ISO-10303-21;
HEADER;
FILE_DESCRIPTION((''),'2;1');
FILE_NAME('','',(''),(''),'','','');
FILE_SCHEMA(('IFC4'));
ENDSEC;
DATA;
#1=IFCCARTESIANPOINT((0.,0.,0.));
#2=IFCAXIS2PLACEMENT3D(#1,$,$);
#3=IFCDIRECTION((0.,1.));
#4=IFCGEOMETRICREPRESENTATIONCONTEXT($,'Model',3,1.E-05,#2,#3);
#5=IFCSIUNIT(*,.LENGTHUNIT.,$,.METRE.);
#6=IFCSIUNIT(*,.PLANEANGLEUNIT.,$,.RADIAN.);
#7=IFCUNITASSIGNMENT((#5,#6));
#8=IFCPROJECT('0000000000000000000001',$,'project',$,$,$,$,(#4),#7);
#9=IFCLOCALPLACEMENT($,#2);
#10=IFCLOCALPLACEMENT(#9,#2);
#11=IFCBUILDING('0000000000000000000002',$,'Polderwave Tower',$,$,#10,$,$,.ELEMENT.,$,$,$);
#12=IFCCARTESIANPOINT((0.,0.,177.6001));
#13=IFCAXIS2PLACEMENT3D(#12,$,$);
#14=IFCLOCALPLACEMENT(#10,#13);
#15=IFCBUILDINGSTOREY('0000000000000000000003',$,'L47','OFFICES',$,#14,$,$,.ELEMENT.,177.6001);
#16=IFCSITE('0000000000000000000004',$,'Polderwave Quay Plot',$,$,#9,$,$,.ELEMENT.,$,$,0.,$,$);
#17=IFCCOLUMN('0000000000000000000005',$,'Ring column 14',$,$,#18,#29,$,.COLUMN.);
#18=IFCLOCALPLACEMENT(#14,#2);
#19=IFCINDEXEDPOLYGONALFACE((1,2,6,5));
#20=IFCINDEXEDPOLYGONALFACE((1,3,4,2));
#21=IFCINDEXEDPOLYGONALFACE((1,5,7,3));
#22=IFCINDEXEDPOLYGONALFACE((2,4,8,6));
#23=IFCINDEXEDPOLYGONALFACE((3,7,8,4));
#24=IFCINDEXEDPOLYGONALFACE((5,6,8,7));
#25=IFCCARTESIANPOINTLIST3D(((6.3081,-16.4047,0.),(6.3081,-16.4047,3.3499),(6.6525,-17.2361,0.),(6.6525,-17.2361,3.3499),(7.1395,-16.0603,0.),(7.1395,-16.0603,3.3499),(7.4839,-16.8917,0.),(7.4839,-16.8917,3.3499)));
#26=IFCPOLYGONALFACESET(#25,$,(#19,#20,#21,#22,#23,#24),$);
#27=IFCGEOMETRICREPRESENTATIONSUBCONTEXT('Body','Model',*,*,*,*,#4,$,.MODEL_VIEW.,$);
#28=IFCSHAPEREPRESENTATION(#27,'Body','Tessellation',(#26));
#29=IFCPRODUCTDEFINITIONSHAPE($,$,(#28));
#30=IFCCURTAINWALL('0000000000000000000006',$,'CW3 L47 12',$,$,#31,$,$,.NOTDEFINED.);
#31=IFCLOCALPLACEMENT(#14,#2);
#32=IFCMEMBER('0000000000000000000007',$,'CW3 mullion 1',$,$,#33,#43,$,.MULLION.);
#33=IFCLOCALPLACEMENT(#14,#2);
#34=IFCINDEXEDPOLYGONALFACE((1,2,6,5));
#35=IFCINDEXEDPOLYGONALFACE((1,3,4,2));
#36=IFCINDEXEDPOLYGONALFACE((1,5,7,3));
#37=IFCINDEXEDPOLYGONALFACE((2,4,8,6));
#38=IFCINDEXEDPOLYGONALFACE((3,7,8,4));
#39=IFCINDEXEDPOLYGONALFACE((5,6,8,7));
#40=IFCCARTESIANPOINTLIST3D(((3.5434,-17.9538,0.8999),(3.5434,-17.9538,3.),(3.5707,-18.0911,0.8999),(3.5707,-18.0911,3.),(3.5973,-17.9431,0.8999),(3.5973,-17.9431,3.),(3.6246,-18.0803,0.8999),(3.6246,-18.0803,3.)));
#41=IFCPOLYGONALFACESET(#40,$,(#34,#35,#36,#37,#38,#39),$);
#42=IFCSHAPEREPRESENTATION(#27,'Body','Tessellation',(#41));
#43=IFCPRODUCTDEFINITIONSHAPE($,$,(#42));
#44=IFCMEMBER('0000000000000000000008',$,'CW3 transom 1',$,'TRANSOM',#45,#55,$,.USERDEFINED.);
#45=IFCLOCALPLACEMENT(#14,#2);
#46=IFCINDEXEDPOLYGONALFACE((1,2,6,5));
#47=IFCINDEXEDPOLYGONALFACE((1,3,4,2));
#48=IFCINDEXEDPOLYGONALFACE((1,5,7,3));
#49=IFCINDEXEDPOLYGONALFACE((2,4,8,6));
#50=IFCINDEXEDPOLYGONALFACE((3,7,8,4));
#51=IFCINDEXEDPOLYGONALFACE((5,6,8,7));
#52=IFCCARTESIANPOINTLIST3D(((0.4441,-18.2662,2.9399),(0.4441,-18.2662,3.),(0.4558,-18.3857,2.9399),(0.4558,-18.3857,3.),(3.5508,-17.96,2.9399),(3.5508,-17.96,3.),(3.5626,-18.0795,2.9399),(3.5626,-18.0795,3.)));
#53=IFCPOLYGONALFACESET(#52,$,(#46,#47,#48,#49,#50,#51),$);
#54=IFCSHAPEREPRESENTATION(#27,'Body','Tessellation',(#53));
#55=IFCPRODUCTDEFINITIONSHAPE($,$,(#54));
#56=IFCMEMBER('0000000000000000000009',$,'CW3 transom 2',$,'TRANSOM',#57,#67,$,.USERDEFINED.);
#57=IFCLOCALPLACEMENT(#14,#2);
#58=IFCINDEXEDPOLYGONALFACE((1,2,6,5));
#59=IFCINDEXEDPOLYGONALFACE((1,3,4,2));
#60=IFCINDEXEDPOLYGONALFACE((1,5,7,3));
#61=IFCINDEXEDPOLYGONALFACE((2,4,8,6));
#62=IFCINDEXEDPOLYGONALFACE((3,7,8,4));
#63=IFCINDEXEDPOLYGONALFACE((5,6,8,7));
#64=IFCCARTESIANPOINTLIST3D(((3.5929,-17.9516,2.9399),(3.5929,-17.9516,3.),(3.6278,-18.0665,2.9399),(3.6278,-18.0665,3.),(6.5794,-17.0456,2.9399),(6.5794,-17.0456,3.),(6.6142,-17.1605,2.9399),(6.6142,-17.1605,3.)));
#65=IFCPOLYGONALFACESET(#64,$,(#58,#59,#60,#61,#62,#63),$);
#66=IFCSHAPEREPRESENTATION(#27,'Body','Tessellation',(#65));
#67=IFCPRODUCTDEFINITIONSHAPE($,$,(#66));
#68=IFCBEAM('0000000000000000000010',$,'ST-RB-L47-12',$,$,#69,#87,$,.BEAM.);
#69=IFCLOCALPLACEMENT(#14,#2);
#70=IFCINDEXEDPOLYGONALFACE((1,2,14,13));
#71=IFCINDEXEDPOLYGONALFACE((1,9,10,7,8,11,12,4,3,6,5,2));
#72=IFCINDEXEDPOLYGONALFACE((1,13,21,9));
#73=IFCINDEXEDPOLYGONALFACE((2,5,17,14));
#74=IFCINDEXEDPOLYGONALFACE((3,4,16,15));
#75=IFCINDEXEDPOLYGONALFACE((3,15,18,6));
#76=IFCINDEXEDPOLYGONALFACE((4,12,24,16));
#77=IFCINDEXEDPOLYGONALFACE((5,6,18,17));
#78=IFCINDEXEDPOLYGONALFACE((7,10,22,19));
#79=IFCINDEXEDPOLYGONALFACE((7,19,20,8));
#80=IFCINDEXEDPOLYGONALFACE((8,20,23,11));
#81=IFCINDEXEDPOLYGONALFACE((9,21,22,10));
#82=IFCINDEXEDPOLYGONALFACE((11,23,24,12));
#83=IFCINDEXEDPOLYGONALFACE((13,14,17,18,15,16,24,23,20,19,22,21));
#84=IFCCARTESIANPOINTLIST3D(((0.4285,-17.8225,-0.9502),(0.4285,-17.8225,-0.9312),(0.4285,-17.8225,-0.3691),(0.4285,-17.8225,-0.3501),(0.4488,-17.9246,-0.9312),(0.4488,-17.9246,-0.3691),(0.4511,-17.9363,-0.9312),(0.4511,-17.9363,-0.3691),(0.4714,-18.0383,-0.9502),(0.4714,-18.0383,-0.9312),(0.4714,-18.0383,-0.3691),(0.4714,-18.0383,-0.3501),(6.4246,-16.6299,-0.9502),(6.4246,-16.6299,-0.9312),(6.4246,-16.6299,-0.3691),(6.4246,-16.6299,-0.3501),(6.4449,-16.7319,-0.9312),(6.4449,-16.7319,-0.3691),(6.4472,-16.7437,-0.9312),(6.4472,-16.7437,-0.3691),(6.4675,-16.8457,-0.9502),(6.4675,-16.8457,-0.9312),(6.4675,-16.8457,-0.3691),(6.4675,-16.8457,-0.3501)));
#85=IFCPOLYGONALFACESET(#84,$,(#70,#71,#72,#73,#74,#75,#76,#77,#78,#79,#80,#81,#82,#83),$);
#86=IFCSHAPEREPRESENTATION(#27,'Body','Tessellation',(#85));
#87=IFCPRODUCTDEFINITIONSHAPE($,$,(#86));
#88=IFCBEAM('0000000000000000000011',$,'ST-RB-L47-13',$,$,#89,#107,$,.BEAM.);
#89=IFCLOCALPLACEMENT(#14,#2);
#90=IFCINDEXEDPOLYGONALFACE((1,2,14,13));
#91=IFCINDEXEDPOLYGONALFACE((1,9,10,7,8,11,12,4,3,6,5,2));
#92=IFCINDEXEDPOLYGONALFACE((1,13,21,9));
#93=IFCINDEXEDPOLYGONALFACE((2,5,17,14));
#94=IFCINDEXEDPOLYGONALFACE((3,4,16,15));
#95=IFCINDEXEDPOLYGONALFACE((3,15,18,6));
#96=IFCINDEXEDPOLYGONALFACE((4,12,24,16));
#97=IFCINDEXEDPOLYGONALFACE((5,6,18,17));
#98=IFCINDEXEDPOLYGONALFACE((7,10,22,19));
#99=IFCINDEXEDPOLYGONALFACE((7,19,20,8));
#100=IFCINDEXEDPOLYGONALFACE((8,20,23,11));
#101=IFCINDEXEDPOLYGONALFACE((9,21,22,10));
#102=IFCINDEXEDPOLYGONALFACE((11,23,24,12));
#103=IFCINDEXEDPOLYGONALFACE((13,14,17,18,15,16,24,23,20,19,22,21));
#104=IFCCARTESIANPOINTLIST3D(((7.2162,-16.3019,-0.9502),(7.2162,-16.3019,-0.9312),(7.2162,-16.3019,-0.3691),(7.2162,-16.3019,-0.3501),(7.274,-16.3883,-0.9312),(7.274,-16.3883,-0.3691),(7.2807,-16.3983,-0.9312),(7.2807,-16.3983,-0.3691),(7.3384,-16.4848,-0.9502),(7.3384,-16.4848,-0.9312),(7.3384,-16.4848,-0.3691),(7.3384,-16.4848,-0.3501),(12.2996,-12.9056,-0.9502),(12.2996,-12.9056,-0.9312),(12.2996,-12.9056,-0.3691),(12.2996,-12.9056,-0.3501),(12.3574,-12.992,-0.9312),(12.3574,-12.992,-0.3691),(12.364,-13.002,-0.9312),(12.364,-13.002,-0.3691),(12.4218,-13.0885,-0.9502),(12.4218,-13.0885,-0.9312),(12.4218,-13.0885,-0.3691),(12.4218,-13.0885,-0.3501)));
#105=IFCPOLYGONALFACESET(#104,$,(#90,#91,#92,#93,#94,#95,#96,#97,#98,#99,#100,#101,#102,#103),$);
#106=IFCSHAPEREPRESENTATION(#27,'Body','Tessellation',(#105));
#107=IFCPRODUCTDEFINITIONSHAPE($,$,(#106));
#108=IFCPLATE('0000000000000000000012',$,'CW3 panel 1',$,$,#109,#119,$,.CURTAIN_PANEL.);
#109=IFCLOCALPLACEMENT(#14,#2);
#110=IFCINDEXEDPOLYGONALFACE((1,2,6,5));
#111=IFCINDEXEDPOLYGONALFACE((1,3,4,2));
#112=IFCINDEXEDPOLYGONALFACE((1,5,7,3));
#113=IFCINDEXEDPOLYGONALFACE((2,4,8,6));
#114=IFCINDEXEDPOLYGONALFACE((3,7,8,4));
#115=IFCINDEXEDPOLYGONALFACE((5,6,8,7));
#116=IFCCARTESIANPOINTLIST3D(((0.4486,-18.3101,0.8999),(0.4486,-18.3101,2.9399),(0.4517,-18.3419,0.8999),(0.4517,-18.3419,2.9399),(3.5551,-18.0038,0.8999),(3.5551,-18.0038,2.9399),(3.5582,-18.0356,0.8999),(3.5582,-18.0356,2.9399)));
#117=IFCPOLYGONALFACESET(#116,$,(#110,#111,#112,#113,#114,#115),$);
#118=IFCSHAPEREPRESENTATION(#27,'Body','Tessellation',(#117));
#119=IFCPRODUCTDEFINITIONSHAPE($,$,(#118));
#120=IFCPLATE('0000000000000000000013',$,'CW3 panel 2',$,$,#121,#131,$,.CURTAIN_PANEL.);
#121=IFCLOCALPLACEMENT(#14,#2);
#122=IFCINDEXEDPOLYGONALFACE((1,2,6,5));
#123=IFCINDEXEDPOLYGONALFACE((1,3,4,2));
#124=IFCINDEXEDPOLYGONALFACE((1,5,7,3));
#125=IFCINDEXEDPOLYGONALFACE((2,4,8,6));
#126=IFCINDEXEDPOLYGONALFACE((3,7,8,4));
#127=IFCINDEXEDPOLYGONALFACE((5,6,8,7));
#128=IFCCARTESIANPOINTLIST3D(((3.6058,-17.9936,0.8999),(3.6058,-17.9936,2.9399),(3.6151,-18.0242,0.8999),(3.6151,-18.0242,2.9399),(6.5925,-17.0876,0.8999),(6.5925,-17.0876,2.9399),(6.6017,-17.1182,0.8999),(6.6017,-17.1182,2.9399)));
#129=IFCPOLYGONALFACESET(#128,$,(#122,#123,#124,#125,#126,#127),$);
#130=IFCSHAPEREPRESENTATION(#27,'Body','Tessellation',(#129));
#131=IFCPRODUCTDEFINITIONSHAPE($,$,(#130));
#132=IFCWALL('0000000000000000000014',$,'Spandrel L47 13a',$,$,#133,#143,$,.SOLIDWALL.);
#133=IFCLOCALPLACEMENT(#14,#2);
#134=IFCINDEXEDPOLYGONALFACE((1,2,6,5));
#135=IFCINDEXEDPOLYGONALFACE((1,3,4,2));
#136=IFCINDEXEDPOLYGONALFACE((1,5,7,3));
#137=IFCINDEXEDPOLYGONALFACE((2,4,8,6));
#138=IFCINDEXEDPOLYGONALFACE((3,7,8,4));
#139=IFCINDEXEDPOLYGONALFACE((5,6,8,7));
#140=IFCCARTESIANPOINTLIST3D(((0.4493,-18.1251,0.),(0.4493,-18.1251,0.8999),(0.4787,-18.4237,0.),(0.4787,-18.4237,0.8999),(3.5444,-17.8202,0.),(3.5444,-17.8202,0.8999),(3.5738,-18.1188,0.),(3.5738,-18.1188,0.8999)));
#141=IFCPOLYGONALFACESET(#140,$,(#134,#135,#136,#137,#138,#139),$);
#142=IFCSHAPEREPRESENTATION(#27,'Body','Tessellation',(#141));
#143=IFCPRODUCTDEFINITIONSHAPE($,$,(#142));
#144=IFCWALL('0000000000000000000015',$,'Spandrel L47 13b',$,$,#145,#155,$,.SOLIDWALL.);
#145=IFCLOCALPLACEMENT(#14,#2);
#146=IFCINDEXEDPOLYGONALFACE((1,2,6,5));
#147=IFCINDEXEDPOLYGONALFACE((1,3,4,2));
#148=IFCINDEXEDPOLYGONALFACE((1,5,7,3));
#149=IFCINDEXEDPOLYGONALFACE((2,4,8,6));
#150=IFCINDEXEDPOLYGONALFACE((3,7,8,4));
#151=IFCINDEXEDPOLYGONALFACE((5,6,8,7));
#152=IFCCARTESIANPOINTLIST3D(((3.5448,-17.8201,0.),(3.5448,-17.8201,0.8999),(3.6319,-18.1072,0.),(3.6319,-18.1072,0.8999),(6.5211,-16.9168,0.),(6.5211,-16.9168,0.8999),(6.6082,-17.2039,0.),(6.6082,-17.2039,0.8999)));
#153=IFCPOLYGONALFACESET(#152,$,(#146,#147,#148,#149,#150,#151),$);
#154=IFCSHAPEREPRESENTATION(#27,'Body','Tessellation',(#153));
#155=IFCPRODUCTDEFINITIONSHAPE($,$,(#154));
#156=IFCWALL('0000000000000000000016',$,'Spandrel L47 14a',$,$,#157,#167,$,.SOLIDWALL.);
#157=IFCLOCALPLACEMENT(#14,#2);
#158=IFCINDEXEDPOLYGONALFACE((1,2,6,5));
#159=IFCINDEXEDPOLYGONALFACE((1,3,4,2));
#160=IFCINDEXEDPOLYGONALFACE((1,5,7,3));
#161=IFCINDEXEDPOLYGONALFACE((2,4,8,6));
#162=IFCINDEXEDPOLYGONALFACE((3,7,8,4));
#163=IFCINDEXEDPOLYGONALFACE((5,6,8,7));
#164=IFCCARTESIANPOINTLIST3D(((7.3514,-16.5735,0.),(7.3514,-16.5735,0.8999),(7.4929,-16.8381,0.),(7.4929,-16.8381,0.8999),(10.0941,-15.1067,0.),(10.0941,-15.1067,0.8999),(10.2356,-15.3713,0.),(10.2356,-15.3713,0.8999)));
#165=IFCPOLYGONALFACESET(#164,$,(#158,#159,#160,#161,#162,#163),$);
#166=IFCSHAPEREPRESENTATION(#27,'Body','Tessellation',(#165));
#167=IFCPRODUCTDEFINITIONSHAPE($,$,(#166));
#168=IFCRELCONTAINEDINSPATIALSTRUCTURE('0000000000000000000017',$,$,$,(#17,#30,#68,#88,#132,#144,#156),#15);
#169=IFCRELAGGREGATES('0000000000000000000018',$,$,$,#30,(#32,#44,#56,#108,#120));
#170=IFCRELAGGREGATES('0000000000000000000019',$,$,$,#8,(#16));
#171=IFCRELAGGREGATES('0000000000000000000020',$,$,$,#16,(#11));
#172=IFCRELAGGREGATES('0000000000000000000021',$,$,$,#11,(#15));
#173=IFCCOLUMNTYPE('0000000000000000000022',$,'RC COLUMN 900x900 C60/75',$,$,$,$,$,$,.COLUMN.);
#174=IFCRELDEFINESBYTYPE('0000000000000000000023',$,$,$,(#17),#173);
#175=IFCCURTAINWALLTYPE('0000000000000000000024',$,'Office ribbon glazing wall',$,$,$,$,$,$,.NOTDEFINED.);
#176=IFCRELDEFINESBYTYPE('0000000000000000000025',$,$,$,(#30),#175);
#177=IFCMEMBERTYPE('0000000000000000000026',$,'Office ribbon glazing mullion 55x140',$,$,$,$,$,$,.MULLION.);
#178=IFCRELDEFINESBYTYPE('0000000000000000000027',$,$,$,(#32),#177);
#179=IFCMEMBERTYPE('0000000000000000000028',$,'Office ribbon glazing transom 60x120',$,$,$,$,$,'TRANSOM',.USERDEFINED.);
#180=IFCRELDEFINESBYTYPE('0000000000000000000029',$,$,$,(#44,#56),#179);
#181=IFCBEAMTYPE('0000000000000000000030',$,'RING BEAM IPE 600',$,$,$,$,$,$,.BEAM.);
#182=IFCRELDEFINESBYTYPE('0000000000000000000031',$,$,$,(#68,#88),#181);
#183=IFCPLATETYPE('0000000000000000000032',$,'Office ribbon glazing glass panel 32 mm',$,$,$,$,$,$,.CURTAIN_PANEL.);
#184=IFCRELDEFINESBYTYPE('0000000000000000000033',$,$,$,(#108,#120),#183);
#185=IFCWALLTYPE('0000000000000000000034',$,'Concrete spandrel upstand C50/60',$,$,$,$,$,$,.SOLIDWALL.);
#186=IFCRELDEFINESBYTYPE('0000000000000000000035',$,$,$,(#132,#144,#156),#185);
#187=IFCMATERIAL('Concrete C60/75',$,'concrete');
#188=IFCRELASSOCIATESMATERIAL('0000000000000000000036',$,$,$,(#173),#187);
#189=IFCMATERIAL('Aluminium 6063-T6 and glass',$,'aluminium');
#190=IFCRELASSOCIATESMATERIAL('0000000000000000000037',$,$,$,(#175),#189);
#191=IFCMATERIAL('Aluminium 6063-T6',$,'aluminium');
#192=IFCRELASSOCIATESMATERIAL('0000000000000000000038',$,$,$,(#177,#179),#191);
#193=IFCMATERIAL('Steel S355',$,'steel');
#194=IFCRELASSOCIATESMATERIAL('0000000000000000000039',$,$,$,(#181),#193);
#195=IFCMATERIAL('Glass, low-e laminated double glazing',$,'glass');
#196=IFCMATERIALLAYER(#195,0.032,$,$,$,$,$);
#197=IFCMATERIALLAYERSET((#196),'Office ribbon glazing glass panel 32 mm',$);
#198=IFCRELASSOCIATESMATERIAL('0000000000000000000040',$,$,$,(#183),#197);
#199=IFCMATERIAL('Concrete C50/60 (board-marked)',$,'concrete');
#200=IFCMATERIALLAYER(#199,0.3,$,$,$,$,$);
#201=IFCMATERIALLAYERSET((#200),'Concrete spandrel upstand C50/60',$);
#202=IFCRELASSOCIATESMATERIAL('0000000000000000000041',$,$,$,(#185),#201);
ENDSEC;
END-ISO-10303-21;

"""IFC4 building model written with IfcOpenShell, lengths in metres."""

from ifc_helpers import new_model, si_unit, direction, frame, frame_2d, origin, origin_2d, place, context, subcontext, project, spatial, rectangle, i_section, extrude, material, layer, layer_set, material_profile, profile_set, type_object, element, aggregate, save


model = new_model("IFC4")

# Units and contexts
model_context = context("Model", 3, precision=1e-05, world=origin(), true_north=direction((0.0, 1.0)))
body_context = subcontext(model_context, "Body", "Model", "MODEL_VIEW")
ifc_project = project(units=[si_unit("LENGTHUNIT", "METRE"), si_unit("PLANEANGLEUNIT", "RADIAN")], contexts=[model_context])

# Site, building, storey
site_placement = place(None, origin())
site = spatial("IfcSite", under=ifc_project, at=site_placement, Name="Polderwave Quay Plot", CompositionType="ELEMENT", RefElevation=0.0)
building_placement = place(site_placement, origin())
building = spatial("IfcBuilding", under=site, at=building_placement, Name="Polderwave Tower", CompositionType="ELEMENT")
storey_placement = place(building_placement, frame((0.0, 0.0, 177.6001)))
storey = spatial("IfcBuildingStorey", under=building, at=storey_placement, Name="L47", Description="OFFICES", CompositionType="ELEMENT", Elevation=177.6001)

# Column
ifc_material_1 = material(Name="Concrete C60/75", Category="concrete")
ifc_material_profile_1 = material_profile(ifc_material_1, rectangle(XDim=0.8999, YDim=0.8999, at=origin_2d()), Name="RC 900x900")
ifc_profile_set_1 = profile_set([ifc_material_profile_1], Name="Concrete C60/75")
column_type = type_object("IfcColumnType", Name="RC COLUMN 900x900 C60/75", PredefinedType="COLUMN", material=ifc_profile_set_1)
column_placement = place(storey_placement, frame((6.896, -16.6482, 0.0), z_axis=(0.0, 0.0, 1.0), x_axis=(0.382683, -0.92388, 0.0)))
element("IfcColumn", 1, at=column_placement, inside=storey, type_object=column_type, Name="Ring column 14", PredefinedType="COLUMN", context=body_context, shape_type="SweptSolid", body=[
    extrude(rectangle(XDim=0.8999, YDim=0.8999, at=origin_2d()), origin(), (0.0, 0.0, 1.0), 3.3499),
])

# Curtain wall, members
ifc_material_2 = material(Name="Aluminium 6063-T6 and glass", Category="aluminium")
curtain_wall_type = type_object("IfcCurtainWallType", Name="Office ribbon glazing wall", PredefinedType="NOTDEFINED", material=ifc_material_2)
curtain_wall_placement = place(storey_placement, origin())
curtain_wall = element("IfcCurtainWall", 2, at=curtain_wall_placement, inside=storey, type_object=curtain_wall_type, Name="CW3 L47 12", PredefinedType="NOTDEFINED")
ifc_material_3 = material(Name="Aluminium 6063-T6", Category="aluminium")
ifc_material_profile_2 = material_profile(ifc_material_3, rectangle(XDim=0.1399, YDim=0.0549, at=origin_2d()), Name="AL 55x140")
ifc_profile_set_2 = profile_set([ifc_material_profile_2], Name="Aluminium 6063-T6")
member_type_1 = type_object("IfcMemberType", Name="Office ribbon glazing mullion 55x140", PredefinedType="MULLION", material=ifc_profile_set_2)
member_1_placement = place(storey_placement, frame((3.584, -18.0171, 0.8999), z_axis=(0.0, 0.0, 1.0), x_axis=(-0.195143, 0.980775, 0.0)))
member_1 = element("IfcMember", 3, at=member_1_placement, type_object=member_type_1, Name="CW3 mullion 1", PredefinedType="MULLION", context=body_context, shape_type="SweptSolid", body=[
    extrude(rectangle(XDim=0.1399, YDim=0.0549, at=origin_2d()), origin(), (0.0, 0.0, 1.0), 2.1001),
])
ifc_material_profile_3 = material_profile(ifc_material_3, rectangle(XDim=0.1201, YDim=0.0601, at=origin_2d()), Name="AL 60x120")
ifc_profile_set_3 = profile_set([ifc_material_profile_3], Name="Aluminium 6063-T6")
member_type_2 = type_object("IfcMemberType", Name="Office ribbon glazing transom 60x120", ElementType="TRANSOM", PredefinedType="USERDEFINED", material=ifc_profile_set_3)
member_2_placement = place(storey_placement, frame((0.45, -18.3259, 2.97), z_axis=(0.995179, 0.098071, 0.0), x_axis=(-0.098071, 0.995179, 0.0)))
member_2 = element("IfcMember", 4, at=member_2_placement, type_object=member_type_2, Name="CW3 transom 1", ObjectType="TRANSOM", PredefinedType="USERDEFINED", context=body_context, shape_type="SweptSolid", body=[
    extrude(rectangle(XDim=0.1201, YDim=0.0601, at=origin_2d()), origin(), (0.0, 0.0, 1.0), 3.1218),
])
member_3_placement = place(storey_placement, frame((3.6104, -18.009, 2.97), z_axis=(0.956937, 0.290296, 0.0), x_axis=(-0.290296, 0.956937, 0.0)))
member_3 = element("IfcMember", 5, at=member_3_placement, type_object=member_type_2, Name="CW3 transom 2", ObjectType="TRANSOM", PredefinedType="USERDEFINED", context=body_context, shape_type="SweptSolid", body=[
    extrude(rectangle(XDim=0.1201, YDim=0.0601, at=origin_2d()), origin(), (0.0, 0.0, 1.0), 3.1208),
])

# Beams
ifc_material_4 = material(Name="Steel S355", Category="steel")
ifc_material_profile_4 = material_profile(ifc_material_4, i_section(OverallWidth=0.22, OverallDepth=0.6001, WebThickness=0.012, FlangeThickness=0.019, at=origin_2d()), Name="IPE 600")
ifc_profile_set_4 = profile_set([ifc_material_profile_4], Name="Steel S355")
beam_type = type_object("IfcBeamType", Name="RING BEAM IPE 600", PredefinedType="BEAM", material=ifc_profile_set_4)
for number, where, z_axis, x_axis, name in (
    (6, (0.45, -17.9304, -0.6501), (0.980787, 0.195079, 0.0), (-0.195079, 0.980787, 0.0), "ST-RB-L47-12"),
    (7, (7.2773, -16.3933, -0.6501), (0.831491, 0.555539, 0.0), (-0.555539, 0.831491, 0.0), "ST-RB-L47-13"),
):
    element("IfcBeam", number, at=place(storey_placement, frame(where, z_axis=z_axis, x_axis=x_axis)), inside=storey, type_object=beam_type, Name=name, PredefinedType="BEAM", context=body_context, shape_type="SweptSolid", body=[
        extrude(i_section(OverallWidth=0.22, OverallDepth=0.6001, WebThickness=0.012, FlangeThickness=0.019, at=origin_2d()), origin(), (0.0, 0.0, 1.0), 6.1135),
    ])

# Plates
ifc_material_5 = material(Name="Glass, low-e laminated double glazing", Category="glass")
ifc_layer_1 = layer(ifc_material_5, 0.032)
ifc_layer_set_1 = layer_set([ifc_layer_1], Name="Office ribbon glazing glass panel 32 mm")
plate_type = type_object("IfcPlateType", Name="Office ribbon glazing glass panel 32 mm", PredefinedType="CURTAIN_PANEL", material=ifc_layer_set_1)
plate_1_placement = place(storey_placement, frame((2.0034, -18.1729, 0.8999), z_axis=(0.0, 0.0, 1.0), x_axis=(0.995175, 0.09812, 0.0)))
plate_1 = element("IfcPlate", 8, at=plate_1_placement, type_object=plate_type, Name="CW3 panel 1", PredefinedType="CURTAIN_PANEL", context=body_context, shape_type="SweptSolid", body=[
    extrude(rectangle(XDim=3.1216, YDim=0.032, at=origin_2d()), origin(), (0.0, 0.0, 1.0), 2.04),
])
plate_2_placement = place(storey_placement, frame((5.1038, -17.5559, 0.8999), z_axis=(0.0, 0.0, 1.0), x_axis=(0.956939, 0.29029, 0.0)))
plate_2 = element("IfcPlate", 9, at=plate_2_placement, type_object=plate_type, Name="CW3 panel 2", PredefinedType="CURTAIN_PANEL", context=body_context, shape_type="SweptSolid", body=[
    extrude(rectangle(XDim=3.1211, YDim=0.032, at=origin_2d()), origin(), (0.0, 0.0, 1.0), 2.04),
])
aggregate(curtain_wall, [member_1, member_2, member_3, plate_1, plate_2])

# Walls
ifc_material_6 = material(Name="Concrete C50/60 (board-marked)", Category="concrete")
ifc_layer_2 = layer(ifc_material_6, 0.3)
ifc_layer_set_2 = layer_set([ifc_layer_2], Name="Concrete spandrel upstand C50/60")
wall_type_1 = type_object("IfcWallType", Name="Concrete spandrel upstand C50/60", PredefinedType="SOLIDWALL", material=ifc_layer_set_2)
wall_1_placement = place(storey_placement, frame((0.4639, -18.2744, 0.0), z_axis=(0.0, 0.0, 1.0), x_axis=(0.995182, 0.098042, 0.0)))
element("IfcWall", 10, at=wall_1_placement, inside=storey, type_object=wall_type_1, Name="Spandrel L47 13a", PredefinedType="SOLIDWALL", context=body_context, shape_type="SweptSolid", body=[
    extrude(rectangle(XDim=3.1101, YDim=0.3, at=frame_2d((1.5552, 0.0))), origin(), (0.0, 0.0, 1.0), 0.8999),
])
for number, where, z_axis, x_axis, name in (
    (11, (3.5884, -17.9636, 0.0), (0.0, 0.0, 1.0), (0.956899, 0.290421, 0.0), "Spandrel L47 13b"),
    (12, (7.4221, -16.7058, 0.0), (0.0, 0.0, 1.0), (0.881813, 0.471598, 0.0), "Spandrel L47 14a"),
):
    element("IfcWall", number, at=place(storey_placement, frame(where, z_axis=z_axis, x_axis=x_axis)), inside=storey, type_object=wall_type_1, Name=name, PredefinedType="SOLIDWALL", context=body_context, shape_type="SweptSolid", body=[
        extrude(rectangle(XDim=3.1104, YDim=0.3, at=frame_2d((1.5552, 0.0))), origin(), (0.0, 0.0, 1.0), 0.8999),
    ])

save(model, "model.ifc")
